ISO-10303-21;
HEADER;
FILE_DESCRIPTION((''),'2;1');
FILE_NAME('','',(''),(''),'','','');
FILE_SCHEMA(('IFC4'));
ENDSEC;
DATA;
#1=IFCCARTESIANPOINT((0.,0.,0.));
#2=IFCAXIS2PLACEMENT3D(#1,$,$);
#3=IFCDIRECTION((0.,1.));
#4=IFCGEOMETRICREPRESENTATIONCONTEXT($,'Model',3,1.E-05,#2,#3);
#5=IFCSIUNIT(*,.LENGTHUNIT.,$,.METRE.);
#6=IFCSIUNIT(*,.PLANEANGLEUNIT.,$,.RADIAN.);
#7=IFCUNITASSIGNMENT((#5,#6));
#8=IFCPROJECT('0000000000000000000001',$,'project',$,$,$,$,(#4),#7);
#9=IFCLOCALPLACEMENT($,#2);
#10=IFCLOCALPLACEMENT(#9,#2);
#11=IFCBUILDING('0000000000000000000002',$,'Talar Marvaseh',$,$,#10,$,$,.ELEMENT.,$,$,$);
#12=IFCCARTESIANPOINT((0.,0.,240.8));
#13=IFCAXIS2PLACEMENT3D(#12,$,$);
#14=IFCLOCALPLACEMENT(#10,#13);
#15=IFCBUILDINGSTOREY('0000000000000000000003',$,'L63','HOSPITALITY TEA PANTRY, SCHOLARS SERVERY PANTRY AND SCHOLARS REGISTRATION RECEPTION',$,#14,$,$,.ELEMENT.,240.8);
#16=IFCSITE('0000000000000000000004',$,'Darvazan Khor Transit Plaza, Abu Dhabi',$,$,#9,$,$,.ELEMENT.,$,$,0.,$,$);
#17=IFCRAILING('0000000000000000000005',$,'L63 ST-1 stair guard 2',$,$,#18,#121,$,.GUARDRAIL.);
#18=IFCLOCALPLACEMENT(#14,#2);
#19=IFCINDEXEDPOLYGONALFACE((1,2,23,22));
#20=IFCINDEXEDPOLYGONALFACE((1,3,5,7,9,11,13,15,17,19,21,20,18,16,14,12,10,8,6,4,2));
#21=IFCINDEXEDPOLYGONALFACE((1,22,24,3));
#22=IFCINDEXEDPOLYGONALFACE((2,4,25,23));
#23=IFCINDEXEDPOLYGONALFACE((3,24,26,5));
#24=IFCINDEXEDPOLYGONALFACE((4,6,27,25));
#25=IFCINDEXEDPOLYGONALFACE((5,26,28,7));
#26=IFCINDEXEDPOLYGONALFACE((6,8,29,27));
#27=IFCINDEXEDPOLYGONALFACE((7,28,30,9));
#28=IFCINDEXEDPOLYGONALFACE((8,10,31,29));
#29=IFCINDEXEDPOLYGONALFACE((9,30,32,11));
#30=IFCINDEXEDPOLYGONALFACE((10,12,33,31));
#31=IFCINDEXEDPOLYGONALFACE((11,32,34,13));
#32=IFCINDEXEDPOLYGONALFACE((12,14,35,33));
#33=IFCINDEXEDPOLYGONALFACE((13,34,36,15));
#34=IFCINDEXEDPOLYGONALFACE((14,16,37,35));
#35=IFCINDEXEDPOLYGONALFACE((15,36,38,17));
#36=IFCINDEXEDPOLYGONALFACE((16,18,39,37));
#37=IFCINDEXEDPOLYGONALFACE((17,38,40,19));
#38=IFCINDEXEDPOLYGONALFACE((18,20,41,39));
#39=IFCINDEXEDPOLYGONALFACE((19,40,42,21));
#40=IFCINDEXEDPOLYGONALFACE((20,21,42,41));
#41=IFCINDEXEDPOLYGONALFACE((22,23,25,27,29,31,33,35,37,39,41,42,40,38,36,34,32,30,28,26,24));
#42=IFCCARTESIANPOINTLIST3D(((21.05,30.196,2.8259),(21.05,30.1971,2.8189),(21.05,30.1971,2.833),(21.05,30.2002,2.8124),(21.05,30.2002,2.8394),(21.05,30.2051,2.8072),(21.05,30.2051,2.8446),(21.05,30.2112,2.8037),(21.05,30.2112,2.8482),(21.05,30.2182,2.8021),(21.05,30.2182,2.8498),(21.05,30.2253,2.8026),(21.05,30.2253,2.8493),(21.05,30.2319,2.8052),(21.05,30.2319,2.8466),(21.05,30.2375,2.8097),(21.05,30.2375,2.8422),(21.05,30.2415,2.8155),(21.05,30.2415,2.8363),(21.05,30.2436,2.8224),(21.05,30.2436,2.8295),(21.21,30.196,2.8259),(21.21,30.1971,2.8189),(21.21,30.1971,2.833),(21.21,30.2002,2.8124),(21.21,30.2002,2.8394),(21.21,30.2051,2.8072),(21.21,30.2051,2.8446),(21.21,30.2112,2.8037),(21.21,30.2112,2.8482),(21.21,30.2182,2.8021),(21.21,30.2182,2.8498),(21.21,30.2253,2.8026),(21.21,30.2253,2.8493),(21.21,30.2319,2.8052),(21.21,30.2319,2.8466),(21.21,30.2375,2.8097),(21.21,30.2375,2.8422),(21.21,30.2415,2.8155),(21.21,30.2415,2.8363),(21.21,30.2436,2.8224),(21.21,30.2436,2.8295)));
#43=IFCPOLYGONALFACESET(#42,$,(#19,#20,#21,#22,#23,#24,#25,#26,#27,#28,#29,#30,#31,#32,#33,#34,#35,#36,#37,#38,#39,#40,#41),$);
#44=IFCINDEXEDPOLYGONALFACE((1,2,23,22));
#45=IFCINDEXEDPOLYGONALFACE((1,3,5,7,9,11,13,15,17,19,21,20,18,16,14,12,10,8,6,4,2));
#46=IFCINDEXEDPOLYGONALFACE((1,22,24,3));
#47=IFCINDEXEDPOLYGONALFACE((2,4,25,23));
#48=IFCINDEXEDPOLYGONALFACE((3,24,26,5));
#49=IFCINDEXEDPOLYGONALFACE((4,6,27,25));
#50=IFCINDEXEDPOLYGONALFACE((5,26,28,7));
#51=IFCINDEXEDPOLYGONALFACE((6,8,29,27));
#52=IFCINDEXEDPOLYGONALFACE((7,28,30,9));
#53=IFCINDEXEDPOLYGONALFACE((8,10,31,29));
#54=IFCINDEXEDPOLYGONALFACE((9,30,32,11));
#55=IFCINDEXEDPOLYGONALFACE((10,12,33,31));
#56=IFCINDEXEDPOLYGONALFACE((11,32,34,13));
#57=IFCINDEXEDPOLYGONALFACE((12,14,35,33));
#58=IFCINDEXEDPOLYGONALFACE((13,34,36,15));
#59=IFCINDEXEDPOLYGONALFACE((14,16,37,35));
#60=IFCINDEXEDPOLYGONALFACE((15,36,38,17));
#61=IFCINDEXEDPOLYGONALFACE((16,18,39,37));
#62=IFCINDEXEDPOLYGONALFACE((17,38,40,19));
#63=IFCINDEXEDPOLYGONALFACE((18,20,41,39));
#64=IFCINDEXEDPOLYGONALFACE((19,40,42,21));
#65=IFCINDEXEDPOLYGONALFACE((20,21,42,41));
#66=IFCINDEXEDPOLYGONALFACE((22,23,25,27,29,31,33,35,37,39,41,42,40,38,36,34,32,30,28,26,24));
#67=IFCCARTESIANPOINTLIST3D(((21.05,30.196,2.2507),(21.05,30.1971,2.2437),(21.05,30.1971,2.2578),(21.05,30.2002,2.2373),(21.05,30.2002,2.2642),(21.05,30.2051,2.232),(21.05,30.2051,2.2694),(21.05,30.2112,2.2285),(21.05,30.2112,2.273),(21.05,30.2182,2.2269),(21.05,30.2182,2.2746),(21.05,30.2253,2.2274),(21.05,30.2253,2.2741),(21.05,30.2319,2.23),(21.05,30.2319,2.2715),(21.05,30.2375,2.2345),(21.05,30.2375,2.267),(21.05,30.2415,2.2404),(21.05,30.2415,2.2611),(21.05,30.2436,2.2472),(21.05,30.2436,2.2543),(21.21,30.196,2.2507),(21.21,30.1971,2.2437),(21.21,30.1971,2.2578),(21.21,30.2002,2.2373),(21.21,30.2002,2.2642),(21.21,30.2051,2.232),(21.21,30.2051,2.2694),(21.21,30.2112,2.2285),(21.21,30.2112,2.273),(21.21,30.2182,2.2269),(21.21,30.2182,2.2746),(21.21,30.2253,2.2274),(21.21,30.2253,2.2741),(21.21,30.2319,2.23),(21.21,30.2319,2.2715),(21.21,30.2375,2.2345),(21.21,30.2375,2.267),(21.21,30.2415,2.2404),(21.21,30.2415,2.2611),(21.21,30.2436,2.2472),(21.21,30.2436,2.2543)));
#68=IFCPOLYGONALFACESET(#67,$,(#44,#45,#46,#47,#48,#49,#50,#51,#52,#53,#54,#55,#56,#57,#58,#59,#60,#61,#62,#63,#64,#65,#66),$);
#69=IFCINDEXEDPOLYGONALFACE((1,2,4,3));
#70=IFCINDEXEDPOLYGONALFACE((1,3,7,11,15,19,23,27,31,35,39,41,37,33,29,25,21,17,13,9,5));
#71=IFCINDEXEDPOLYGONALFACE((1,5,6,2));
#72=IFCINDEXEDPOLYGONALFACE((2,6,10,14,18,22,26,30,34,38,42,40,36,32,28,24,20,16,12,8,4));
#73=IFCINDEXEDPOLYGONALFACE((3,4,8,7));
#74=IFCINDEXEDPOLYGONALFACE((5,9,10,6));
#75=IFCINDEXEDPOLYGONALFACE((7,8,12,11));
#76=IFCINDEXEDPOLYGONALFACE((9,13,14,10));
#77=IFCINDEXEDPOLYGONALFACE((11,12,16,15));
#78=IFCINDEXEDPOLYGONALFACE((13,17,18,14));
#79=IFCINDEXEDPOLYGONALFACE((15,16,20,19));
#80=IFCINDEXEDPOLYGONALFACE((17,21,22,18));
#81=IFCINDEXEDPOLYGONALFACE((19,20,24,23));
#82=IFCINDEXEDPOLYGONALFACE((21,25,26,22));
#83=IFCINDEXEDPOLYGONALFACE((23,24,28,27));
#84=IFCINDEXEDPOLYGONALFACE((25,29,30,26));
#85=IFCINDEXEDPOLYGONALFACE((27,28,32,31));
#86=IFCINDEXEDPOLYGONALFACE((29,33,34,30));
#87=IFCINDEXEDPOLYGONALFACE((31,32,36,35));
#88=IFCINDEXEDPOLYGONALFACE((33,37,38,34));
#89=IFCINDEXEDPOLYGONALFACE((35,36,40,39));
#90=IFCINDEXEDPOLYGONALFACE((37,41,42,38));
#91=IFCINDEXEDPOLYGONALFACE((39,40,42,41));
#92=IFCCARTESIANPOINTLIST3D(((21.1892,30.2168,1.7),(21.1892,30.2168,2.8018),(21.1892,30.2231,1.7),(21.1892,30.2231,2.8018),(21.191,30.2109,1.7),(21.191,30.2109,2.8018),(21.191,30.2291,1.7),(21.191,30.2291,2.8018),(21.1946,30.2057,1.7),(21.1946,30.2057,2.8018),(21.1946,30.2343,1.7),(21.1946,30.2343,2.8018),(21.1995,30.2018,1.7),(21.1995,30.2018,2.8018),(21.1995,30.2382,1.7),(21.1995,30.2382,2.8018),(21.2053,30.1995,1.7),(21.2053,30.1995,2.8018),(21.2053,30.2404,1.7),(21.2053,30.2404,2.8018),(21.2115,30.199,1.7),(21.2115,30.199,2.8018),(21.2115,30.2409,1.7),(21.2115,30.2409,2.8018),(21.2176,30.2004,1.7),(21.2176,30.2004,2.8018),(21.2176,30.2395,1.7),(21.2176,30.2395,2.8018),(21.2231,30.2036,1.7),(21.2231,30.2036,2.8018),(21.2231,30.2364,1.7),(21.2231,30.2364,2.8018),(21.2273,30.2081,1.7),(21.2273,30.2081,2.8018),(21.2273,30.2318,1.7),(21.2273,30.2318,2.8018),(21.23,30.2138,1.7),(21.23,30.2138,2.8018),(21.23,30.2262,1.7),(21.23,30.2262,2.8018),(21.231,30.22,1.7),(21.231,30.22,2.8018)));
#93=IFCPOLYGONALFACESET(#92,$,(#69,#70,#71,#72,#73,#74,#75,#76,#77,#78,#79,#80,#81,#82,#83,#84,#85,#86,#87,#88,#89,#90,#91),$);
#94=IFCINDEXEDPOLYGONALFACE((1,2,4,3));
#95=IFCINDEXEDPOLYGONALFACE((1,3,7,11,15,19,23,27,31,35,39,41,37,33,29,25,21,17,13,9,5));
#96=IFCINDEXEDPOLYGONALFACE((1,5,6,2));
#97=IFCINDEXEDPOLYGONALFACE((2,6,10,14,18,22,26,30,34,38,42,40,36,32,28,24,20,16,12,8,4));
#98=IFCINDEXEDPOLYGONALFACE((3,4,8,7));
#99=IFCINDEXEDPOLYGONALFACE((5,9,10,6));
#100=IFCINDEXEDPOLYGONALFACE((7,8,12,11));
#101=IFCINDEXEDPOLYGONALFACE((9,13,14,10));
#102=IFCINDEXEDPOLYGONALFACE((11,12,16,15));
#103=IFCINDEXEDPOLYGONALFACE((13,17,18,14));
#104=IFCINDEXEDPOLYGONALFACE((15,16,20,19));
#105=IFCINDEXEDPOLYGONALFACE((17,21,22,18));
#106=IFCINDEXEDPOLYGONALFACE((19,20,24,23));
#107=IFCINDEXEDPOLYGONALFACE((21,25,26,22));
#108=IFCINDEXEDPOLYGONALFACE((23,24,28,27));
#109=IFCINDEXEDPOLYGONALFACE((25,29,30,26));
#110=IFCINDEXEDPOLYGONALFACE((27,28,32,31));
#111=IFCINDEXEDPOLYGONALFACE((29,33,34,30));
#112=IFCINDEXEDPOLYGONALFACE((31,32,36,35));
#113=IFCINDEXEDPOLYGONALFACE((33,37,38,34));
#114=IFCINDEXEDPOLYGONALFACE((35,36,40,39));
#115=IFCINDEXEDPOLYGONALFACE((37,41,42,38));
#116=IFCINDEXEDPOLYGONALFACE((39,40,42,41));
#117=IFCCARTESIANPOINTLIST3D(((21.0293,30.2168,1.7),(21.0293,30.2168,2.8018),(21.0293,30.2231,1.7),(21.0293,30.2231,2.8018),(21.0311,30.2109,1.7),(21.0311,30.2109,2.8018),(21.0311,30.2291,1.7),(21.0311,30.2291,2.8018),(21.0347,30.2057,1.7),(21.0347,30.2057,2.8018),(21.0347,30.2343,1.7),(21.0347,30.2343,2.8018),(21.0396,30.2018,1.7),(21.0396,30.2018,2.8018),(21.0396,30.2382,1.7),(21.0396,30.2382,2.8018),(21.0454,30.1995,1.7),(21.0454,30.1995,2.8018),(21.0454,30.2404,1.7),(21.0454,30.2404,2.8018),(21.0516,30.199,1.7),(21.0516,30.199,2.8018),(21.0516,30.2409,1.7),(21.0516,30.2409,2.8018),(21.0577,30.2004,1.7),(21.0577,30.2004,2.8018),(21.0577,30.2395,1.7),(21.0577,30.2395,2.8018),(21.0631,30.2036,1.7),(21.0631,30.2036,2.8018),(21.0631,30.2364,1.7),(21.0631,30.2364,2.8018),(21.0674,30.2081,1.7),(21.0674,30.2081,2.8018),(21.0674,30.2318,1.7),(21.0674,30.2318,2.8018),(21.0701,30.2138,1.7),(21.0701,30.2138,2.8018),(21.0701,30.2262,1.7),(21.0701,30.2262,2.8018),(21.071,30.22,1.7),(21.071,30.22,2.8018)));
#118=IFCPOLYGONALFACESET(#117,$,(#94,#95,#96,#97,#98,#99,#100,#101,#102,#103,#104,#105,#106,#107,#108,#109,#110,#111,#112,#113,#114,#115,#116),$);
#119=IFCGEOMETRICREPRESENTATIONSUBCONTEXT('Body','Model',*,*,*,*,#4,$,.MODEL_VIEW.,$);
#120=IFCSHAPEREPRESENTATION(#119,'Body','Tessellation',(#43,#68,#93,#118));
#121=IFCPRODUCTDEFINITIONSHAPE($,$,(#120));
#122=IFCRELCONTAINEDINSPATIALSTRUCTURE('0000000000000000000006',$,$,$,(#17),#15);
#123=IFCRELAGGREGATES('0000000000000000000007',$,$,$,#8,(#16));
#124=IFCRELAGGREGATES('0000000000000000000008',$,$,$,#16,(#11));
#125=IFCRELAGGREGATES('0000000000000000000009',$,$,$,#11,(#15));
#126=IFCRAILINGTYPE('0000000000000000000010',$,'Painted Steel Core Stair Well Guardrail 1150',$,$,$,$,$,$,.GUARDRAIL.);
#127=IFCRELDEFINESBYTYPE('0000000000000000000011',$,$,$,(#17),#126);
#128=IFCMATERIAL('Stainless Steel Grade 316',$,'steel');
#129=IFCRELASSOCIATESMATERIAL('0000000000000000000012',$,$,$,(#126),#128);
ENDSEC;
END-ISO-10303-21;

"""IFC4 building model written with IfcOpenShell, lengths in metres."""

from ifc_helpers import new_model, si_unit, direction, frame, origin, origin_2d, place, context, subcontext, project, spatial, circle, extrude, material, type_object, element, save


model = new_model("IFC4")

# Units and contexts
model_context = context("Model", 3, precision=1e-05, world=origin(), true_north=direction((0.0, 1.0)))
body_context = subcontext(model_context, "Body", "Model", "MODEL_VIEW")
ifc_project = project(units=[si_unit("LENGTHUNIT", "METRE"), si_unit("PLANEANGLEUNIT", "RADIAN")], contexts=[model_context])

# Site, building, storey
site_placement = place(None, origin())
site = spatial("IfcSite", under=ifc_project, at=site_placement, Name="Darvazan Khor Transit Plaza, Abu Dhabi", CompositionType="ELEMENT", RefElevation=0.0)
building_placement = place(site_placement, origin())
building = spatial("IfcBuilding", under=site, at=building_placement, Name="Talar Marvaseh", CompositionType="ELEMENT")
storey_placement = place(building_placement, frame((0.0, 0.0, 240.8)))
storey = spatial("IfcBuildingStorey", under=building, at=storey_placement, Name="L63", Description="HOSPITALITY TEA PANTRY, SCHOLARS SERVERY PANTRY AND SCHOLARS REGISTRATION RECEPTION", CompositionType="ELEMENT", Elevation=240.8)

# Railing
ifc_material_1 = material(Name="Stainless Steel Grade 316", Category="steel")
railing_type_1 = type_object("IfcRailingType", Name="Painted Steel Core Stair Well Guardrail 1150", PredefinedType="GUARDRAIL", material=ifc_material_1)
railing_1_placement = place(storey_placement, frame((21.21, 30.22, 1.7)))
element("IfcRailing", 1, at=railing_1_placement, inside=storey, type_object=railing_type_1, Name="L63 ST-1 stair guard 2", PredefinedType="GUARDRAIL", context=body_context, shape_type="SweptSolid", body=[
    extrude(circle(Radius=0.0239, at=origin_2d()), frame((0.0, 0.0, 1.126), z_axis=(-1.0, 0.0, 0.0), x_axis=(0.0, -1.0, 0.0)), (0.0, 0.0, 1.0), 0.1599),
    extrude(circle(Radius=0.0239, at=origin_2d()), frame((0.0, 0.0, 0.5508), z_axis=(-1.0, 0.0, 0.0), x_axis=(0.0, -1.0, 0.0)), (0.0, 0.0, 1.0), 0.1599),
    extrude(circle(Radius=0.021, at=origin_2d()), origin(), (0.0, 0.0, 1.0), 1.1018),
    extrude(circle(Radius=0.021, at=origin_2d()), frame((-0.1599, 0.0, 0.0)), (0.0, 0.0, 1.0), 1.1018),
])

save(model, "model.ifc")
